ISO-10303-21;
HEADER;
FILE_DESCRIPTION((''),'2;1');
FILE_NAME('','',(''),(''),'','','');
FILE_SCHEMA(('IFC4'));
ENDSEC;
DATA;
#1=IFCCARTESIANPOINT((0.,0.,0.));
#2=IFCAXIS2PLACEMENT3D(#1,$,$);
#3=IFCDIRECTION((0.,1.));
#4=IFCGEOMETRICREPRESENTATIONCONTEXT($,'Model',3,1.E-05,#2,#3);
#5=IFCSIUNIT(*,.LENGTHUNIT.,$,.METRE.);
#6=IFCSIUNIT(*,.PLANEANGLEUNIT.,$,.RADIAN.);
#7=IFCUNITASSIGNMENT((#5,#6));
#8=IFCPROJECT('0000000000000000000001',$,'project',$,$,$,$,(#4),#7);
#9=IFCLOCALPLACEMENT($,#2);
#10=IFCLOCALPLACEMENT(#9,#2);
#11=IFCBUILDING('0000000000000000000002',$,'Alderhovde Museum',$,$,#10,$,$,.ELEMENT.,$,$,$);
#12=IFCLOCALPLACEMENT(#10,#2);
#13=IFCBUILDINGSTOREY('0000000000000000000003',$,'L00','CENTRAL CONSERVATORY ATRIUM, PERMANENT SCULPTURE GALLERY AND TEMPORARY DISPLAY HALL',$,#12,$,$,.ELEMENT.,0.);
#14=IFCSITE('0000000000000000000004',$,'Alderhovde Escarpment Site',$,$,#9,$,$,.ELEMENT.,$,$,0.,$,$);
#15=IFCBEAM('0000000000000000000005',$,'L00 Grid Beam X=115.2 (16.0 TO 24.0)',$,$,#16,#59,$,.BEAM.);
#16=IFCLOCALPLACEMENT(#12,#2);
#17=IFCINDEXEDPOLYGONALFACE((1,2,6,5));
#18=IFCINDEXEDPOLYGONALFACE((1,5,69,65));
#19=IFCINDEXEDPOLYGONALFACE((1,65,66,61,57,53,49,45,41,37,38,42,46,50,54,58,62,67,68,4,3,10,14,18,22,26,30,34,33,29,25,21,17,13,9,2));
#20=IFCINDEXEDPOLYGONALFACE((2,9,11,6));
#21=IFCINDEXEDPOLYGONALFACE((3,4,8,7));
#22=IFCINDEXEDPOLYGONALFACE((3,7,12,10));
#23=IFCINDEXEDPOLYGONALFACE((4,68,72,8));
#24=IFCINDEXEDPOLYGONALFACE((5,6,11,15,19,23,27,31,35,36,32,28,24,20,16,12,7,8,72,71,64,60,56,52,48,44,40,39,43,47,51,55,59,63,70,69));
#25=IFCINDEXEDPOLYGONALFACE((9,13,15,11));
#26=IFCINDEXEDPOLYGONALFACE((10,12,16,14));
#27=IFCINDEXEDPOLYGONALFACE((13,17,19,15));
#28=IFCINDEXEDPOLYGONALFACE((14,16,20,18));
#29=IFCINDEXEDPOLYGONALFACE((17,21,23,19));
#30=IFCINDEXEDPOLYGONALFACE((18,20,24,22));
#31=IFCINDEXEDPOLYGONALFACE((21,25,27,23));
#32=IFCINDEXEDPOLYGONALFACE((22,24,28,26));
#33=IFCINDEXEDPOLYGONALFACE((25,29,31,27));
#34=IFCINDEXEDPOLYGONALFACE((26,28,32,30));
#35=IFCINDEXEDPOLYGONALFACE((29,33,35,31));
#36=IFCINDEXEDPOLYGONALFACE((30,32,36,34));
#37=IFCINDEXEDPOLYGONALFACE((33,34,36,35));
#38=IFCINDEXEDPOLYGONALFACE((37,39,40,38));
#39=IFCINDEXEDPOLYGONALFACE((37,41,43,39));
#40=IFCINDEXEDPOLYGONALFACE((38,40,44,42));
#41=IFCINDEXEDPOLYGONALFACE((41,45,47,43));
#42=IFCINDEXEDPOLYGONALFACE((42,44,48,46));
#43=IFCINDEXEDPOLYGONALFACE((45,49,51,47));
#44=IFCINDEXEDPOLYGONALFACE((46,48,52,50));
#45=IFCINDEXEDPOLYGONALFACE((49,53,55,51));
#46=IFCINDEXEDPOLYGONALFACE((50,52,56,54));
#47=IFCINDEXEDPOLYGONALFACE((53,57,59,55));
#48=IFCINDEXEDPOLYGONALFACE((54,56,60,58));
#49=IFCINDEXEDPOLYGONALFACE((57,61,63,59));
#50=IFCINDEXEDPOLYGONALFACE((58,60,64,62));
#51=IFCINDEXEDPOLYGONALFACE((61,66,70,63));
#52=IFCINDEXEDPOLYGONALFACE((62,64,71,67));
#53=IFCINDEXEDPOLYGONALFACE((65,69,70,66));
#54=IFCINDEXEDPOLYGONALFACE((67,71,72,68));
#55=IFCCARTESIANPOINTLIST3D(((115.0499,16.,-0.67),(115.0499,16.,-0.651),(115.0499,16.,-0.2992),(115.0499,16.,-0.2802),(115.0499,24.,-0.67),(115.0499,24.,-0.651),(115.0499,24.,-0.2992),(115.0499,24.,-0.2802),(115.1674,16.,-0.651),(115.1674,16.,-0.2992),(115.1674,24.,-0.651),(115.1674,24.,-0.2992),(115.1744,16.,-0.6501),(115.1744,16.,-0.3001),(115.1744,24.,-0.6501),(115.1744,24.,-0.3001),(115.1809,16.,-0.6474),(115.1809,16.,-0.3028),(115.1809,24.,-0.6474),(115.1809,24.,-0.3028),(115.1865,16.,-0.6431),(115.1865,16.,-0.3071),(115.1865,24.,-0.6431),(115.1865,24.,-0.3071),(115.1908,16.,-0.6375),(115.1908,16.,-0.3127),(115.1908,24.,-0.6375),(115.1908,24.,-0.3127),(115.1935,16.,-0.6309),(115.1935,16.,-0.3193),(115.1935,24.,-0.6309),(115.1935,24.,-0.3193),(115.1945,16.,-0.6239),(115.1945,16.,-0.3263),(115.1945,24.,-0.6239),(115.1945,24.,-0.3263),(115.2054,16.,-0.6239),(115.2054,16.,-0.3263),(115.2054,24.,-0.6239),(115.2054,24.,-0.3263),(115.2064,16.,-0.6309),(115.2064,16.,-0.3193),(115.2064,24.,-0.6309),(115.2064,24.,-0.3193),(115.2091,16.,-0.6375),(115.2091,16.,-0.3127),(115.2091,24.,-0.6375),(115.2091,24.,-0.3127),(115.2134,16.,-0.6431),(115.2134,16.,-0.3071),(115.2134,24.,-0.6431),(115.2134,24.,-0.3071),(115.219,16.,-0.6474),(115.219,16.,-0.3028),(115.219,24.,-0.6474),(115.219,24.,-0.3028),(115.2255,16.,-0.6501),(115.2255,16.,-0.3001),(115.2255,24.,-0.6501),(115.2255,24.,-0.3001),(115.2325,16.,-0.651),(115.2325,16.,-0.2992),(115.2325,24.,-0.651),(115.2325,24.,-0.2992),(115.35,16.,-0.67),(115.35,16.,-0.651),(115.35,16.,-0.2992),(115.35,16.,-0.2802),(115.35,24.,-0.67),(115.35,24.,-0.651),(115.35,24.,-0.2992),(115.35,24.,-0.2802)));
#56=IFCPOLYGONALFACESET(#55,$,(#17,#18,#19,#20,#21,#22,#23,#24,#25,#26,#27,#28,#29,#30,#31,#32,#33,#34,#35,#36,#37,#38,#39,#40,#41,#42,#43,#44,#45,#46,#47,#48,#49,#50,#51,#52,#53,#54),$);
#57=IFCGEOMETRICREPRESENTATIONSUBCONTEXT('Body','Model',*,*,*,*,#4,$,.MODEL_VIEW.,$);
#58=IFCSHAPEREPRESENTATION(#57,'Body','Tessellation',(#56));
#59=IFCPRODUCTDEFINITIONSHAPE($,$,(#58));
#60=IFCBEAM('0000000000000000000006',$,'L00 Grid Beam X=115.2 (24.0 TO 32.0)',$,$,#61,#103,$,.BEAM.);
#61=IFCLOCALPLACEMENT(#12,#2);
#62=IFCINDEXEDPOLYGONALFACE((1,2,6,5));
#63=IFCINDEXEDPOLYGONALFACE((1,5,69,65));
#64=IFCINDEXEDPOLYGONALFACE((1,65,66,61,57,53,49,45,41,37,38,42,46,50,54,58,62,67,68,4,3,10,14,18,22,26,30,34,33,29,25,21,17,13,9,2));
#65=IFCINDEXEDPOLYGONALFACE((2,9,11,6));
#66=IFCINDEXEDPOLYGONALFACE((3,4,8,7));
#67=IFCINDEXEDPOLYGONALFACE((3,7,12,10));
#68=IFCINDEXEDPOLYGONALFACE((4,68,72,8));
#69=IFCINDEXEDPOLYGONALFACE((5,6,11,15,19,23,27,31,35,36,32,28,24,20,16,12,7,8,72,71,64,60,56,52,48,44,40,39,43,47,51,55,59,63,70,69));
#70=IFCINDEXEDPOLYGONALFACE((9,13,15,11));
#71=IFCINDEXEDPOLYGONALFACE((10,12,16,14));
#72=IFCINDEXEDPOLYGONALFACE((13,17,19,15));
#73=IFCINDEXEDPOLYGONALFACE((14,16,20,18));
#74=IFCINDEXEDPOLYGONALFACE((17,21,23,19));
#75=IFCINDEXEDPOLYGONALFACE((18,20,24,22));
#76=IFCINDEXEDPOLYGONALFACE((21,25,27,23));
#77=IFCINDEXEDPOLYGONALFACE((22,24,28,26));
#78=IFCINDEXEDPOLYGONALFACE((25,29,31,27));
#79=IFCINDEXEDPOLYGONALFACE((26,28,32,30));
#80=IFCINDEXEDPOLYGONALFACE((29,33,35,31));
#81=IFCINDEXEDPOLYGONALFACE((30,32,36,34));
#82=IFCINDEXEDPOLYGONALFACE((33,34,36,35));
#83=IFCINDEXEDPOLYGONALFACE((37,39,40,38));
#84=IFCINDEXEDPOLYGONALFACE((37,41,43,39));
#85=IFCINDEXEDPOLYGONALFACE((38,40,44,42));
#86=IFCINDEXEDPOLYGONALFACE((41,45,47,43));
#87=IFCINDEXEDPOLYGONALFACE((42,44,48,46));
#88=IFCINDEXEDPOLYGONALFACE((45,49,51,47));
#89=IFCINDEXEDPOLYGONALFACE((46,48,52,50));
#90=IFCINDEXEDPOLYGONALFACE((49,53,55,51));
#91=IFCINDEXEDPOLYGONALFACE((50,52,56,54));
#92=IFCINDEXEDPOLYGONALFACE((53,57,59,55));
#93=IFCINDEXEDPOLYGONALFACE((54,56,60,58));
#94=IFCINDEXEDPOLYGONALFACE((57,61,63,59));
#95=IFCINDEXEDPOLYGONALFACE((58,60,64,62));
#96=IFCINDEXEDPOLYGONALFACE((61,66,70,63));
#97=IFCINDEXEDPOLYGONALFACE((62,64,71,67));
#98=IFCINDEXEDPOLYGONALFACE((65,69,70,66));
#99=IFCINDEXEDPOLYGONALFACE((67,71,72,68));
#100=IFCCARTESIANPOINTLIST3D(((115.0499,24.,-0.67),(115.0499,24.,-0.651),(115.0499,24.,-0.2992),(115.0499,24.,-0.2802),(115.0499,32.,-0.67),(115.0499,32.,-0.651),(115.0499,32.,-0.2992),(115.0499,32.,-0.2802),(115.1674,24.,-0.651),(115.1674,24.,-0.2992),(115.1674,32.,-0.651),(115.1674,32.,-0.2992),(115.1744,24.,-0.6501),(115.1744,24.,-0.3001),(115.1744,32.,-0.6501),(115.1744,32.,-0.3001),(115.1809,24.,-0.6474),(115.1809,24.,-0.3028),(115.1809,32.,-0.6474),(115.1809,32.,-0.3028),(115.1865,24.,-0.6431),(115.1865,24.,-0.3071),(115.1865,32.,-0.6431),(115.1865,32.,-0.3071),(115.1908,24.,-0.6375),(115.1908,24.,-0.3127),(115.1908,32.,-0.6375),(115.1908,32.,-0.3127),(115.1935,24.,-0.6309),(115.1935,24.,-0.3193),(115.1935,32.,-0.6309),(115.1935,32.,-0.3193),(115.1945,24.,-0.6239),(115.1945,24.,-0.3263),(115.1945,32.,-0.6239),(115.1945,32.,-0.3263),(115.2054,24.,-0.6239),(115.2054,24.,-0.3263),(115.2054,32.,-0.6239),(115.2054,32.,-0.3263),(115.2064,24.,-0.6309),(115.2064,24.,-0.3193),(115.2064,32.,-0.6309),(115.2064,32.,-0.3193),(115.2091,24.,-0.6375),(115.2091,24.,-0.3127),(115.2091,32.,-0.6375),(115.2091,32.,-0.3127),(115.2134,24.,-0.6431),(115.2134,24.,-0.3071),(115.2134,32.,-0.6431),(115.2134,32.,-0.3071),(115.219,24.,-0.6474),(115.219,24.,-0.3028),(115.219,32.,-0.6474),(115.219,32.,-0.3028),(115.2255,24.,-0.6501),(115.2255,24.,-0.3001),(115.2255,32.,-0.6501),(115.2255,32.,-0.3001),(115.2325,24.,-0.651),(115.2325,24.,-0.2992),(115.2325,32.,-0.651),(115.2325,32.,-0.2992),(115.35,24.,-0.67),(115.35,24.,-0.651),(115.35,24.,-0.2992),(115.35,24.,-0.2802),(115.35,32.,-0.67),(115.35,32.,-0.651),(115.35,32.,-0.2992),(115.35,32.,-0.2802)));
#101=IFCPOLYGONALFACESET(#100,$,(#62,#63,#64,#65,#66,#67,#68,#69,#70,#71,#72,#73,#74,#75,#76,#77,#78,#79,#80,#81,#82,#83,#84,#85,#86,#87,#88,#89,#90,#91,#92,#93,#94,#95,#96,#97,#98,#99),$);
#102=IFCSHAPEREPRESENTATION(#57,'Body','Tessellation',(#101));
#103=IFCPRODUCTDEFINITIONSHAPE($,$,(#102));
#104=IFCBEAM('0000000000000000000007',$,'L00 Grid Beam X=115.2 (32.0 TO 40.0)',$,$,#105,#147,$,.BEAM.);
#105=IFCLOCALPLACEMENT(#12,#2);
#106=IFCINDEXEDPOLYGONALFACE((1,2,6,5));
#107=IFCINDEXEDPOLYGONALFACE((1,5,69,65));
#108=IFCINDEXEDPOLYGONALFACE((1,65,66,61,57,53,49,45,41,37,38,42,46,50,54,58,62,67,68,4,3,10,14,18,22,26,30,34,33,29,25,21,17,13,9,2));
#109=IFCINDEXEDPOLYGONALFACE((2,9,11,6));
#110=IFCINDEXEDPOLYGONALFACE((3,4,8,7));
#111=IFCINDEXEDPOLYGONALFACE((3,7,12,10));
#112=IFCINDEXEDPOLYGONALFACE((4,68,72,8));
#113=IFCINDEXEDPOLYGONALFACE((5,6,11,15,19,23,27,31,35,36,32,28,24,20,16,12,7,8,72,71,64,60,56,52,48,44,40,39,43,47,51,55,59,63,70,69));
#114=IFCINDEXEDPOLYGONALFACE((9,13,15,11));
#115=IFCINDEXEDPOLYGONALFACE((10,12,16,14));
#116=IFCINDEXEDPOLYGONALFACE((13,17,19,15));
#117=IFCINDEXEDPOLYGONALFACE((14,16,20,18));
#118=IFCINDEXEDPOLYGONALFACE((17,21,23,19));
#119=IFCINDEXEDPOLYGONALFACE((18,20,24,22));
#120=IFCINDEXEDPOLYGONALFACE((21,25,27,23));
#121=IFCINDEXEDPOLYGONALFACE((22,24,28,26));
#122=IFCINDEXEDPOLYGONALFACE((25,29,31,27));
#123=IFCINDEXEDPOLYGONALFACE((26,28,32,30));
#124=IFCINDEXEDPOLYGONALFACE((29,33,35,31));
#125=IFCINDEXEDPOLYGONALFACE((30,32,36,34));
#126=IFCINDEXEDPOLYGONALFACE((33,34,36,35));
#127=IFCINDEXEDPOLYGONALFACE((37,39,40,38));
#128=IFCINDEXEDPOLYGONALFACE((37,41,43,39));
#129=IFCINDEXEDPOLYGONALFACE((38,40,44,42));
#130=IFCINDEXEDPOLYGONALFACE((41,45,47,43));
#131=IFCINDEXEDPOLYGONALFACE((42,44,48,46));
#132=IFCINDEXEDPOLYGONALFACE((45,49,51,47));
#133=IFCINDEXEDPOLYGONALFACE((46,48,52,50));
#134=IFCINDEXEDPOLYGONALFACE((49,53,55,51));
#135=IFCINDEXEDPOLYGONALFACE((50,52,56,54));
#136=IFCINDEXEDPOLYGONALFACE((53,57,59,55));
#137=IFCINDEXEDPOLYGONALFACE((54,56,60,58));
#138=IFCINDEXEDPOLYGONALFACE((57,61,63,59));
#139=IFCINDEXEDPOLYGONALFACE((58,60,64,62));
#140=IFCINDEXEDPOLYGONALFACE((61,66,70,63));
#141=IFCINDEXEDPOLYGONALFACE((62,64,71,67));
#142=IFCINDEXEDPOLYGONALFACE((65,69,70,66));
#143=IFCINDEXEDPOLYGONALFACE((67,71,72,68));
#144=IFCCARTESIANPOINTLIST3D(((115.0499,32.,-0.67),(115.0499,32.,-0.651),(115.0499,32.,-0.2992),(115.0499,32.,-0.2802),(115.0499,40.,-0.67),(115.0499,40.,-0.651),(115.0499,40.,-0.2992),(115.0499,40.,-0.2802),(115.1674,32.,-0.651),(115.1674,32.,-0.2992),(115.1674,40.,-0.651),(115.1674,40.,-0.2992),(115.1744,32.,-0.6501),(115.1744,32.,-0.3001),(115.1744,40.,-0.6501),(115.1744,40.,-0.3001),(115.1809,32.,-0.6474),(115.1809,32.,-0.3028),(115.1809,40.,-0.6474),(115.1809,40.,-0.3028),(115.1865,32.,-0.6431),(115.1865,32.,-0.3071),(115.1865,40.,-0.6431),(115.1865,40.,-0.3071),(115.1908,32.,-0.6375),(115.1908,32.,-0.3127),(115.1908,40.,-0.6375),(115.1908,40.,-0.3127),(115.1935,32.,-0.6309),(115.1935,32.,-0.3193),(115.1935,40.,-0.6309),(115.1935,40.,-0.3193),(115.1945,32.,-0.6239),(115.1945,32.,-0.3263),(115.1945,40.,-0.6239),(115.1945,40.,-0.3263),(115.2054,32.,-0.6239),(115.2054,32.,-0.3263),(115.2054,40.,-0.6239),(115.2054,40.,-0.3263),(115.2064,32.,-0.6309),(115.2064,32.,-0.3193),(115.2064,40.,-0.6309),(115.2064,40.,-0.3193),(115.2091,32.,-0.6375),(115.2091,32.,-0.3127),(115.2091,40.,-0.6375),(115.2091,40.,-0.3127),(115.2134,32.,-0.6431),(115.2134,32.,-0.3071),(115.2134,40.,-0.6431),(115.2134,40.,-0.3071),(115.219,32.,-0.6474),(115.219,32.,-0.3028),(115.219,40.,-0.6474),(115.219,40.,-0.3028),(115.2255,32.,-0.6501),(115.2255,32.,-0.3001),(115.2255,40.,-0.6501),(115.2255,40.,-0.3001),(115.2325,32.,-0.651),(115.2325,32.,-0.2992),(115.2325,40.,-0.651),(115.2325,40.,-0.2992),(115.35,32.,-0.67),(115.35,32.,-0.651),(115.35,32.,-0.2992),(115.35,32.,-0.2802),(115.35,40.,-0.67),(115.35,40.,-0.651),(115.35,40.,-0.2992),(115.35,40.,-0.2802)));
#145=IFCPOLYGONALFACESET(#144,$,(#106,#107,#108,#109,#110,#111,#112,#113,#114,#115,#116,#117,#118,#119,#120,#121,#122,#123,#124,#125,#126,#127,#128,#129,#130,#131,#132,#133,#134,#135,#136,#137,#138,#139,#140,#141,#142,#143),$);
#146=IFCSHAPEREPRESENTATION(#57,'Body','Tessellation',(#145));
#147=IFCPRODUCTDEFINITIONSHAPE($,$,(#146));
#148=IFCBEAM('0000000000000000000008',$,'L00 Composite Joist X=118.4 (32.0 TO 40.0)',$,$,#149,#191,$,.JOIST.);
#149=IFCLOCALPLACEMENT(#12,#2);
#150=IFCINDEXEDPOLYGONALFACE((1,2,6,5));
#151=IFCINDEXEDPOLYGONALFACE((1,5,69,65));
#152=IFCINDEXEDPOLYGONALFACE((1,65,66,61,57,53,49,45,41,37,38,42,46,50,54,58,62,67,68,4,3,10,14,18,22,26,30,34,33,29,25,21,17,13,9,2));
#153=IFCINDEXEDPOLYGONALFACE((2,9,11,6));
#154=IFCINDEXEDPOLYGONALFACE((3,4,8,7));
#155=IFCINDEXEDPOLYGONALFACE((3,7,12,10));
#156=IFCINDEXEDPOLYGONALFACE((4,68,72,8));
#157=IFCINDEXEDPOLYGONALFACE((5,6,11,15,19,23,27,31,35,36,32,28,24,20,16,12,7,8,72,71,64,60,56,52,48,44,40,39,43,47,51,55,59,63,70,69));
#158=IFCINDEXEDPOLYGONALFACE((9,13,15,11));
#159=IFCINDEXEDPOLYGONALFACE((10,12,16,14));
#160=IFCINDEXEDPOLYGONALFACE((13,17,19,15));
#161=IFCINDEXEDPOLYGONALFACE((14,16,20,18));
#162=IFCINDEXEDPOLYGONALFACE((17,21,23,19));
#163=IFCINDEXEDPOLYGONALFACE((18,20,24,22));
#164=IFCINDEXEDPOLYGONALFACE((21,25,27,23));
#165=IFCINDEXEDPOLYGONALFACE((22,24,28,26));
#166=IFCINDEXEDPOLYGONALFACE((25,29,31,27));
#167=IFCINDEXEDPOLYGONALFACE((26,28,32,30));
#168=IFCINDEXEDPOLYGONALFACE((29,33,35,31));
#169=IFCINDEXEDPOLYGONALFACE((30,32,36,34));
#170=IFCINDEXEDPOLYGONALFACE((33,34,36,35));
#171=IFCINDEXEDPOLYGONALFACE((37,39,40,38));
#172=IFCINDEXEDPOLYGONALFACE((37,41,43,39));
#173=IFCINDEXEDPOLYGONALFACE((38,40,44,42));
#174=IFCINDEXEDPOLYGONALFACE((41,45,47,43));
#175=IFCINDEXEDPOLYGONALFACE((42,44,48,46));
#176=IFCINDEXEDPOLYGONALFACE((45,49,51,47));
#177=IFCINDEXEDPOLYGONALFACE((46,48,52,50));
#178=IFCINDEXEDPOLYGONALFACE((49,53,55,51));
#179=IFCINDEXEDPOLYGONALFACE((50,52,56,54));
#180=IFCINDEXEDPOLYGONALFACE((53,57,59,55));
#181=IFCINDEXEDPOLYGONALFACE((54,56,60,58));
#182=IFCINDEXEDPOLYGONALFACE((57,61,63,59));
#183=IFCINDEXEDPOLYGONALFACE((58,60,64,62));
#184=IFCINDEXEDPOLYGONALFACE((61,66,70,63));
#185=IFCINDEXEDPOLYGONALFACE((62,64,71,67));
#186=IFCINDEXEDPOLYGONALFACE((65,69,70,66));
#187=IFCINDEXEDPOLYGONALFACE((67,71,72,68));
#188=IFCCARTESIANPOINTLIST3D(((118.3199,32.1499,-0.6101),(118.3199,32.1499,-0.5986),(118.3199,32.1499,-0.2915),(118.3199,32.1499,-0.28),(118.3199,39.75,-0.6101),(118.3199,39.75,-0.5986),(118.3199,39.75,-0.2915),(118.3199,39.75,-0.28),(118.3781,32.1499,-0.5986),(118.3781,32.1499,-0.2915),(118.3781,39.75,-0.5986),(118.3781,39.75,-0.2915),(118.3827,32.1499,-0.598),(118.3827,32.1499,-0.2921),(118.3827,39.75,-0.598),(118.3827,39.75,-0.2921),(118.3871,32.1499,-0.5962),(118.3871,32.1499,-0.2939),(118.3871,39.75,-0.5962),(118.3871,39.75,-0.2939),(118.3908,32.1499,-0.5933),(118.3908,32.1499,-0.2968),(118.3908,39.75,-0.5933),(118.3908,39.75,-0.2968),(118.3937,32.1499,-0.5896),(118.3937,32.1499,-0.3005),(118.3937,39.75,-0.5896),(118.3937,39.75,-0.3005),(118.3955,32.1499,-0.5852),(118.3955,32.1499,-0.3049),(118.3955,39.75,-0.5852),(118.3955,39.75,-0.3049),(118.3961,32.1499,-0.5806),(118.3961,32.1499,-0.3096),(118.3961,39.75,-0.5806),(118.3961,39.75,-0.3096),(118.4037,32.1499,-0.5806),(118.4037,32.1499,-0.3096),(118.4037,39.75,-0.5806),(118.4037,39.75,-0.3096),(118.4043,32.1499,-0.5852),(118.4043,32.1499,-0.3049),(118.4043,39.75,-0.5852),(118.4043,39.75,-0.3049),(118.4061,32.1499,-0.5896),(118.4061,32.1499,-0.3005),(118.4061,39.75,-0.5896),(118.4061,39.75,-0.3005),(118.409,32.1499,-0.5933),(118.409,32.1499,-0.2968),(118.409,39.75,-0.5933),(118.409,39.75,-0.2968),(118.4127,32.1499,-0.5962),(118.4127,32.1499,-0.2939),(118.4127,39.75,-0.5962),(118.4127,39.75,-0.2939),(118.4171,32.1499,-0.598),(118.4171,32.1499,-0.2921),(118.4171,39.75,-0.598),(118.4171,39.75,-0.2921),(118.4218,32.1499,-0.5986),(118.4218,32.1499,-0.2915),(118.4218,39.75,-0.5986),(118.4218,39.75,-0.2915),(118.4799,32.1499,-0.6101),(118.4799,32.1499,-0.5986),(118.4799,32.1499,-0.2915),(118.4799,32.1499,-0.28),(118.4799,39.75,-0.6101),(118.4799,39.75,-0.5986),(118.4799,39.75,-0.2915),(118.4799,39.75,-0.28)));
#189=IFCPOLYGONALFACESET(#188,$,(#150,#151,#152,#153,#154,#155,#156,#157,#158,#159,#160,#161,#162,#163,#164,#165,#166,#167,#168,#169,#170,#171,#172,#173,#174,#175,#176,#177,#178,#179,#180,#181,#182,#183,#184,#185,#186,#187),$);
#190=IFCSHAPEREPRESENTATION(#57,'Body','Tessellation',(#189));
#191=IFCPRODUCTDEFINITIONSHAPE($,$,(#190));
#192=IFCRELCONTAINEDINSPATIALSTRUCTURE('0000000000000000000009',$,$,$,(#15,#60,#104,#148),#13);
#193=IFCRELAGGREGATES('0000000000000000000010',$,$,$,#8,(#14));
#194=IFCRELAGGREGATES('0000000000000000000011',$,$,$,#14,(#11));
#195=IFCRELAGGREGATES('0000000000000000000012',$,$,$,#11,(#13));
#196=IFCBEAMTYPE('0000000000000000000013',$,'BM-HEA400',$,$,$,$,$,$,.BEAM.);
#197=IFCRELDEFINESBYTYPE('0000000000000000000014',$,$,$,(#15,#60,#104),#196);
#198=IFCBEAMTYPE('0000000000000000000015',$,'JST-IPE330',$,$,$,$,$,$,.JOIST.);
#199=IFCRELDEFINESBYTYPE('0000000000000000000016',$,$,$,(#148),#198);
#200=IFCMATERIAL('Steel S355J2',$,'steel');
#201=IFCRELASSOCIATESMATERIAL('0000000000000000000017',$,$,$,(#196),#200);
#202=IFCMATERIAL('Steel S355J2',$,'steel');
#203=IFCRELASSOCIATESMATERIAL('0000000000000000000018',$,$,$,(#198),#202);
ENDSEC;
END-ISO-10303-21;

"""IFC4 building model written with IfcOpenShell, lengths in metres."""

from ifc_helpers import new_model, si_unit, direction, frame, origin, origin_2d, place, context, subcontext, project, spatial, i_section, extrude, material, material_profile, profile_set, type_object, element, save


model = new_model("IFC4")

# Units and contexts
model_context = context("Model", 3, precision=1e-05, world=origin(), true_north=direction((0.0, 1.0)))
body_context = subcontext(model_context, "Body", "Model", "MODEL_VIEW")
ifc_project = project(units=[si_unit("LENGTHUNIT", "METRE"), si_unit("PLANEANGLEUNIT", "RADIAN")], contexts=[model_context])

# Site, building, storey
site_placement = place(None, origin())
site = spatial("IfcSite", under=ifc_project, at=site_placement, Name="Alderhovde Escarpment Site", CompositionType="ELEMENT", RefElevation=0.0)
building_placement = place(site_placement, origin())
building = spatial("IfcBuilding", under=site, at=building_placement, Name="Alderhovde Museum", CompositionType="ELEMENT")
storey_placement = place(building_placement, origin())
storey = spatial("IfcBuildingStorey", under=building, at=storey_placement, Name="L00", Description="CENTRAL CONSERVATORY ATRIUM, PERMANENT SCULPTURE GALLERY AND TEMPORARY DISPLAY HALL", CompositionType="ELEMENT", Elevation=0.0)

# Beams
ifc_material_1 = material(Name="Steel S355J2", Category="steel")
ifc_material_profile_1 = material_profile(ifc_material_1, i_section(OverallWidth=0.3, OverallDepth=0.3899, WebThickness=0.011, FlangeThickness=0.019, FilletRadius=0.0271, at=origin_2d()), Name="HEA 400")
ifc_profile_set_1 = profile_set([ifc_material_profile_1], Name="Steel S355J2")
beam_type_1 = type_object("IfcBeamType", Name="BM-HEA400", PredefinedType="BEAM", material=ifc_profile_set_1)
for number, where, z_axis, x_axis, name in (
    (1, (115.2, 16.0, -0.4751), (0.0, 1.0, 0.0), (-1.0, 0.0, 0.0), "L00 Grid Beam X=115.2 (16.0 TO 24.0)"),
    (2, (115.2, 24.0, -0.4751), (0.0, 1.0, 0.0), (-1.0, 0.0, 0.0), "L00 Grid Beam X=115.2 (24.0 TO 32.0)"),
    (3, (115.2, 32.0, -0.4751), (0.0, 1.0, 0.0), (-1.0, 0.0, 0.0), "L00 Grid Beam X=115.2 (32.0 TO 40.0)"),
):
    element("IfcBeam", number, at=place(storey_placement, frame(where, z_axis=z_axis, x_axis=x_axis)), inside=storey, type_object=beam_type_1, Name=name, PredefinedType="BEAM", context=body_context, shape_type="SweptSolid", body=[
        extrude(i_section(OverallWidth=0.3, OverallDepth=0.3899, WebThickness=0.011, FlangeThickness=0.019, FilletRadius=0.0271, at=origin_2d()), origin(), (0.0, 0.0, 1.0), 8.0),
    ])
ifc_material_2 = material(Name="Steel S355J2", Category="steel")
ifc_material_profile_2 = material_profile(ifc_material_2, i_section(OverallWidth=0.1599, OverallDepth=0.3301, WebThickness=0.0076, FlangeThickness=0.0115, FilletRadius=0.0181, at=origin_2d()), Name="IPE 330")
ifc_profile_set_2 = profile_set([ifc_material_profile_2], Name="Steel S355J2")
beam_type_2 = type_object("IfcBeamType", Name="JST-IPE330", PredefinedType="JOIST", material=ifc_profile_set_2)
for number, where, z_axis, x_axis, name in (
    (4, (118.3999, 32.1499, -0.4451), (0.0, 1.0, 0.0), (-1.0, 0.0, 0.0), "L00 Composite Joist X=118.4 (32.0 TO 40.0)"),
):
    element("IfcBeam", number, at=place(storey_placement, frame(where, z_axis=z_axis, x_axis=x_axis)), inside=storey, type_object=beam_type_2, Name=name, PredefinedType="JOIST", context=body_context, shape_type="SweptSolid", body=[
        extrude(i_section(OverallWidth=0.1599, OverallDepth=0.3301, WebThickness=0.0076, FlangeThickness=0.0115, FilletRadius=0.0181, at=origin_2d()), origin(), (0.0, 0.0, 1.0), 7.6001),
    ])

save(model, "model.ifc")
